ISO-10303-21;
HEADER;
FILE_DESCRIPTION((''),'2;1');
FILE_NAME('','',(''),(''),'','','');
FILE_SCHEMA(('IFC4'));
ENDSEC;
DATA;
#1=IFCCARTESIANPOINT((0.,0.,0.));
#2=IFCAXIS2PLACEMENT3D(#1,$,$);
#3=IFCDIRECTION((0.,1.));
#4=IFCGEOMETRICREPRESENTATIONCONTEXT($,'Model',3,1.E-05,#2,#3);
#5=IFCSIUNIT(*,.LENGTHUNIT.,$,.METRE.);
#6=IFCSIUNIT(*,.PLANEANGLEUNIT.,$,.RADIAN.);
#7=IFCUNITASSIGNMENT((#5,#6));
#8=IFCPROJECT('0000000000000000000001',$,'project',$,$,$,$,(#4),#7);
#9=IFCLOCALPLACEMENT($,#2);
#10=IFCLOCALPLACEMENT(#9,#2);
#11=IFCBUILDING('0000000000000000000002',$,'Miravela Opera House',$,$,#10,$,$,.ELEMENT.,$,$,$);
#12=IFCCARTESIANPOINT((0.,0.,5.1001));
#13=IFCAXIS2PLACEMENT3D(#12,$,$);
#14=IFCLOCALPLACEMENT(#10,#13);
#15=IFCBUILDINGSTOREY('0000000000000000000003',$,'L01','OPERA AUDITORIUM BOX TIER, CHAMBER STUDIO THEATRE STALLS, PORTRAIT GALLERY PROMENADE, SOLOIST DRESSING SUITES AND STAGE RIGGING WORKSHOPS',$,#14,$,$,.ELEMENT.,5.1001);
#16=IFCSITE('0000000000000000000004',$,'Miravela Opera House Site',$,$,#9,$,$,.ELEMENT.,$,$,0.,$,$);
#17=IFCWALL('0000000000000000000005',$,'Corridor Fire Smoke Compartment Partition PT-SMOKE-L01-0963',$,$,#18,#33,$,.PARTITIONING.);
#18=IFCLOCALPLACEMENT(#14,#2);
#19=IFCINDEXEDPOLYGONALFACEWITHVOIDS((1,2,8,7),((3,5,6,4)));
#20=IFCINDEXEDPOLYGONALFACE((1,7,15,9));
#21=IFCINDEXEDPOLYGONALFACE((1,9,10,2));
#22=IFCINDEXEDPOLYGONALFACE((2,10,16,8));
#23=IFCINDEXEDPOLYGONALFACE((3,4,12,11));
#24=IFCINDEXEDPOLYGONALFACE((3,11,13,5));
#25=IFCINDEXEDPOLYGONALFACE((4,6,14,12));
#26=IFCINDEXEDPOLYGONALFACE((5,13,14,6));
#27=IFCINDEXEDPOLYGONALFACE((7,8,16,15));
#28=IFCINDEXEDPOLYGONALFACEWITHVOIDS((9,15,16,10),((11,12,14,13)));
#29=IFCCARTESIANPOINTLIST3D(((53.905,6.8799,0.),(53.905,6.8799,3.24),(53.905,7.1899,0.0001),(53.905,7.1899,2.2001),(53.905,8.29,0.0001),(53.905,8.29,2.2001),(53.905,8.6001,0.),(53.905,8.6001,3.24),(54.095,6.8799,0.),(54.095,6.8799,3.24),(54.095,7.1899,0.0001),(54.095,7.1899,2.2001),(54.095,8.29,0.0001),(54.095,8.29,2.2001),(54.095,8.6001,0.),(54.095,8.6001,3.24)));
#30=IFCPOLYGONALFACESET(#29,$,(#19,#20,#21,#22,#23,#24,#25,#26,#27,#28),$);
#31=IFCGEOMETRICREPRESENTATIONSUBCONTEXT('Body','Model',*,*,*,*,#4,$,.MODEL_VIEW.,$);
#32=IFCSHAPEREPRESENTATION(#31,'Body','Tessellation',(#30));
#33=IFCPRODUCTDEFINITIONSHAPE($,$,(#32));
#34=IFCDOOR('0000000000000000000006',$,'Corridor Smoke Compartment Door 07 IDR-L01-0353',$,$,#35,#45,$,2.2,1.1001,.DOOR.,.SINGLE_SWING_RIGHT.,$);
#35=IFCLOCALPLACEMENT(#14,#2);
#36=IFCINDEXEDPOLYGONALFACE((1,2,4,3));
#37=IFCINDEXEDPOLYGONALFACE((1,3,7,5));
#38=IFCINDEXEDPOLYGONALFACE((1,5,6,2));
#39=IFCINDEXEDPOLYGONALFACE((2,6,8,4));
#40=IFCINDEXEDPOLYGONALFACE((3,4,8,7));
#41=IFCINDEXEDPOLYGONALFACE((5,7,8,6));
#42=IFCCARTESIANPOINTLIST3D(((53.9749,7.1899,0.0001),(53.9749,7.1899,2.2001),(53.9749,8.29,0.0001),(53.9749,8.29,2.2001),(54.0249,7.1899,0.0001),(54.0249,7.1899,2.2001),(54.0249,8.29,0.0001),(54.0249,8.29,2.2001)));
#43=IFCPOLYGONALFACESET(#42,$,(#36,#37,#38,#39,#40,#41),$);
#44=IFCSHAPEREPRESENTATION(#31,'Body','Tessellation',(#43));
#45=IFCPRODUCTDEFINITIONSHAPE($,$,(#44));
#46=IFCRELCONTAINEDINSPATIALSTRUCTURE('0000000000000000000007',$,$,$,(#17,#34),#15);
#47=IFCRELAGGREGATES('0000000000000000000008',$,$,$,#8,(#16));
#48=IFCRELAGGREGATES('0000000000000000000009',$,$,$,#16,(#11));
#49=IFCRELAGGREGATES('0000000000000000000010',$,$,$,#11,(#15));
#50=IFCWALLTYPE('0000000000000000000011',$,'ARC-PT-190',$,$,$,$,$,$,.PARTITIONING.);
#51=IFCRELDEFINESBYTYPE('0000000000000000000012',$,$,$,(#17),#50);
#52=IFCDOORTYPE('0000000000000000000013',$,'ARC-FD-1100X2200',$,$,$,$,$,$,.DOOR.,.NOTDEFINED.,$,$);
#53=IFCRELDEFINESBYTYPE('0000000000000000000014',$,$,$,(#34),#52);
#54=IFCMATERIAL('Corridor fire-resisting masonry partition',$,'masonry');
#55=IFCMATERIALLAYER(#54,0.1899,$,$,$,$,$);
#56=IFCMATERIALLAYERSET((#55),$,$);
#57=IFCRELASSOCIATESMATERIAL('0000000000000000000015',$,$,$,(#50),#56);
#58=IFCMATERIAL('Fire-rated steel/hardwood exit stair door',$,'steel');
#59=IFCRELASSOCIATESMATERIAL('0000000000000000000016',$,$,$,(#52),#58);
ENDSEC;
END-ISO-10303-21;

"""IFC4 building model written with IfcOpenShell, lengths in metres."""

from ifc_helpers import new_model, si_unit, direction, frame, frame_2d, origin, place, context, subcontext, project, spatial, rectangle, extrude, material, layer, layer_set, type_object, element, fill, save


model = new_model("IFC4")

# Units and contexts
model_context = context("Model", 3, precision=1e-05, world=origin(), true_north=direction((0.0, 1.0)))
body_context = subcontext(model_context, "Body", "Model", "MODEL_VIEW")
ifc_project = project(units=[si_unit("LENGTHUNIT", "METRE"), si_unit("PLANEANGLEUNIT", "RADIAN")], contexts=[model_context])

# Site, building, storey
site_placement = place(None, origin())
site = spatial("IfcSite", under=ifc_project, at=site_placement, Name="Miravela Opera House Site", CompositionType="ELEMENT", RefElevation=0.0)
building_placement = place(site_placement, origin())
building = spatial("IfcBuilding", under=site, at=building_placement, Name="Miravela Opera House", CompositionType="ELEMENT")
storey_placement = place(building_placement, frame((0.0, 0.0, 5.1001)))
storey = spatial("IfcBuildingStorey", under=building, at=storey_placement, Name="L01", Description="OPERA AUDITORIUM BOX TIER, CHAMBER STUDIO THEATRE STALLS, PORTRAIT GALLERY PROMENADE, SOLOIST DRESSING SUITES AND STAGE RIGGING WORKSHOPS", CompositionType="ELEMENT", Elevation=5.1001)

# Wall, opening, door
ifc_material_1 = material(Name="Corridor fire-resisting masonry partition", Category="masonry")
ifc_layer_1 = layer(ifc_material_1, 0.1899)
ifc_layer_set_1 = layer_set([ifc_layer_1])
wall_type = type_object("IfcWallType", Name="ARC-PT-190", PredefinedType="PARTITIONING", material=ifc_layer_set_1)
wall_placement = place(storey_placement, frame((54.0, 6.8799, 0.0), z_axis=(0.0, 0.0, 1.0), x_axis=(0.0, 1.0, 0.0)))
wall = element("IfcWall", 1, at=wall_placement, inside=storey, type_object=wall_type, Name="Corridor Fire Smoke Compartment Partition PT-SMOKE-L01-0963", PredefinedType="PARTITIONING", context=body_context, shape_type="SweptSolid", body=[
    extrude(rectangle(XDim=1.7202, YDim=0.1899, at=frame_2d((0.8601, 0.0))), origin(), (0.0, 0.0, 1.0), 3.24),
])
opening_placement = place(wall_placement, frame((0.3101, 0.0, 0.0)))
opening = element("IfcOpeningElement", 2, at=opening_placement, cuts=wall, PredefinedType="OPENING", context=body_context, shape_type="SweptSolid", body=[
    extrude(rectangle(XDim=1.1001, YDim=2.2, at=frame_2d((0.55, 1.1001))), frame((0.0, 0.105, 0.0), z_axis=(0.0, -1.0, 0.0), x_axis=(1.0, 0.0, 0.0)), (0.0, 0.0, 1.0), 0.21),
])
ifc_material_2 = material(Name="Fire-rated steel/hardwood exit stair door", Category="steel")
door_type = type_object("IfcDoorType", Name="ARC-FD-1100X2200", OperationType="NOTDEFINED", PredefinedType="DOOR", material=ifc_material_2)
door_placement = place(opening_placement, frame((1.1001, 0.0, 0.0), z_axis=(0.0, 0.0, 1.0), x_axis=(-1.0, 0.0, 0.0)))
door = element("IfcDoor", 3, at=door_placement, inside=storey, type_object=door_type, Name="Corridor Smoke Compartment Door 07 IDR-L01-0353", OperationType="SINGLE_SWING_RIGHT", OverallHeight=2.2, OverallWidth=1.1001, PredefinedType="DOOR", context=body_context, shape_type="SweptSolid", body=[
    extrude(rectangle(XDim=1.1001, YDim=2.2, at=frame_2d((0.55, 1.1001))), frame((0.0, 0.0249, 0.0), z_axis=(0.0, -1.0, 0.0), x_axis=(1.0, 0.0, 0.0)), (0.0, 0.0, 1.0), 0.05),
])
fill(opening, door)

save(model, "model.ifc")
